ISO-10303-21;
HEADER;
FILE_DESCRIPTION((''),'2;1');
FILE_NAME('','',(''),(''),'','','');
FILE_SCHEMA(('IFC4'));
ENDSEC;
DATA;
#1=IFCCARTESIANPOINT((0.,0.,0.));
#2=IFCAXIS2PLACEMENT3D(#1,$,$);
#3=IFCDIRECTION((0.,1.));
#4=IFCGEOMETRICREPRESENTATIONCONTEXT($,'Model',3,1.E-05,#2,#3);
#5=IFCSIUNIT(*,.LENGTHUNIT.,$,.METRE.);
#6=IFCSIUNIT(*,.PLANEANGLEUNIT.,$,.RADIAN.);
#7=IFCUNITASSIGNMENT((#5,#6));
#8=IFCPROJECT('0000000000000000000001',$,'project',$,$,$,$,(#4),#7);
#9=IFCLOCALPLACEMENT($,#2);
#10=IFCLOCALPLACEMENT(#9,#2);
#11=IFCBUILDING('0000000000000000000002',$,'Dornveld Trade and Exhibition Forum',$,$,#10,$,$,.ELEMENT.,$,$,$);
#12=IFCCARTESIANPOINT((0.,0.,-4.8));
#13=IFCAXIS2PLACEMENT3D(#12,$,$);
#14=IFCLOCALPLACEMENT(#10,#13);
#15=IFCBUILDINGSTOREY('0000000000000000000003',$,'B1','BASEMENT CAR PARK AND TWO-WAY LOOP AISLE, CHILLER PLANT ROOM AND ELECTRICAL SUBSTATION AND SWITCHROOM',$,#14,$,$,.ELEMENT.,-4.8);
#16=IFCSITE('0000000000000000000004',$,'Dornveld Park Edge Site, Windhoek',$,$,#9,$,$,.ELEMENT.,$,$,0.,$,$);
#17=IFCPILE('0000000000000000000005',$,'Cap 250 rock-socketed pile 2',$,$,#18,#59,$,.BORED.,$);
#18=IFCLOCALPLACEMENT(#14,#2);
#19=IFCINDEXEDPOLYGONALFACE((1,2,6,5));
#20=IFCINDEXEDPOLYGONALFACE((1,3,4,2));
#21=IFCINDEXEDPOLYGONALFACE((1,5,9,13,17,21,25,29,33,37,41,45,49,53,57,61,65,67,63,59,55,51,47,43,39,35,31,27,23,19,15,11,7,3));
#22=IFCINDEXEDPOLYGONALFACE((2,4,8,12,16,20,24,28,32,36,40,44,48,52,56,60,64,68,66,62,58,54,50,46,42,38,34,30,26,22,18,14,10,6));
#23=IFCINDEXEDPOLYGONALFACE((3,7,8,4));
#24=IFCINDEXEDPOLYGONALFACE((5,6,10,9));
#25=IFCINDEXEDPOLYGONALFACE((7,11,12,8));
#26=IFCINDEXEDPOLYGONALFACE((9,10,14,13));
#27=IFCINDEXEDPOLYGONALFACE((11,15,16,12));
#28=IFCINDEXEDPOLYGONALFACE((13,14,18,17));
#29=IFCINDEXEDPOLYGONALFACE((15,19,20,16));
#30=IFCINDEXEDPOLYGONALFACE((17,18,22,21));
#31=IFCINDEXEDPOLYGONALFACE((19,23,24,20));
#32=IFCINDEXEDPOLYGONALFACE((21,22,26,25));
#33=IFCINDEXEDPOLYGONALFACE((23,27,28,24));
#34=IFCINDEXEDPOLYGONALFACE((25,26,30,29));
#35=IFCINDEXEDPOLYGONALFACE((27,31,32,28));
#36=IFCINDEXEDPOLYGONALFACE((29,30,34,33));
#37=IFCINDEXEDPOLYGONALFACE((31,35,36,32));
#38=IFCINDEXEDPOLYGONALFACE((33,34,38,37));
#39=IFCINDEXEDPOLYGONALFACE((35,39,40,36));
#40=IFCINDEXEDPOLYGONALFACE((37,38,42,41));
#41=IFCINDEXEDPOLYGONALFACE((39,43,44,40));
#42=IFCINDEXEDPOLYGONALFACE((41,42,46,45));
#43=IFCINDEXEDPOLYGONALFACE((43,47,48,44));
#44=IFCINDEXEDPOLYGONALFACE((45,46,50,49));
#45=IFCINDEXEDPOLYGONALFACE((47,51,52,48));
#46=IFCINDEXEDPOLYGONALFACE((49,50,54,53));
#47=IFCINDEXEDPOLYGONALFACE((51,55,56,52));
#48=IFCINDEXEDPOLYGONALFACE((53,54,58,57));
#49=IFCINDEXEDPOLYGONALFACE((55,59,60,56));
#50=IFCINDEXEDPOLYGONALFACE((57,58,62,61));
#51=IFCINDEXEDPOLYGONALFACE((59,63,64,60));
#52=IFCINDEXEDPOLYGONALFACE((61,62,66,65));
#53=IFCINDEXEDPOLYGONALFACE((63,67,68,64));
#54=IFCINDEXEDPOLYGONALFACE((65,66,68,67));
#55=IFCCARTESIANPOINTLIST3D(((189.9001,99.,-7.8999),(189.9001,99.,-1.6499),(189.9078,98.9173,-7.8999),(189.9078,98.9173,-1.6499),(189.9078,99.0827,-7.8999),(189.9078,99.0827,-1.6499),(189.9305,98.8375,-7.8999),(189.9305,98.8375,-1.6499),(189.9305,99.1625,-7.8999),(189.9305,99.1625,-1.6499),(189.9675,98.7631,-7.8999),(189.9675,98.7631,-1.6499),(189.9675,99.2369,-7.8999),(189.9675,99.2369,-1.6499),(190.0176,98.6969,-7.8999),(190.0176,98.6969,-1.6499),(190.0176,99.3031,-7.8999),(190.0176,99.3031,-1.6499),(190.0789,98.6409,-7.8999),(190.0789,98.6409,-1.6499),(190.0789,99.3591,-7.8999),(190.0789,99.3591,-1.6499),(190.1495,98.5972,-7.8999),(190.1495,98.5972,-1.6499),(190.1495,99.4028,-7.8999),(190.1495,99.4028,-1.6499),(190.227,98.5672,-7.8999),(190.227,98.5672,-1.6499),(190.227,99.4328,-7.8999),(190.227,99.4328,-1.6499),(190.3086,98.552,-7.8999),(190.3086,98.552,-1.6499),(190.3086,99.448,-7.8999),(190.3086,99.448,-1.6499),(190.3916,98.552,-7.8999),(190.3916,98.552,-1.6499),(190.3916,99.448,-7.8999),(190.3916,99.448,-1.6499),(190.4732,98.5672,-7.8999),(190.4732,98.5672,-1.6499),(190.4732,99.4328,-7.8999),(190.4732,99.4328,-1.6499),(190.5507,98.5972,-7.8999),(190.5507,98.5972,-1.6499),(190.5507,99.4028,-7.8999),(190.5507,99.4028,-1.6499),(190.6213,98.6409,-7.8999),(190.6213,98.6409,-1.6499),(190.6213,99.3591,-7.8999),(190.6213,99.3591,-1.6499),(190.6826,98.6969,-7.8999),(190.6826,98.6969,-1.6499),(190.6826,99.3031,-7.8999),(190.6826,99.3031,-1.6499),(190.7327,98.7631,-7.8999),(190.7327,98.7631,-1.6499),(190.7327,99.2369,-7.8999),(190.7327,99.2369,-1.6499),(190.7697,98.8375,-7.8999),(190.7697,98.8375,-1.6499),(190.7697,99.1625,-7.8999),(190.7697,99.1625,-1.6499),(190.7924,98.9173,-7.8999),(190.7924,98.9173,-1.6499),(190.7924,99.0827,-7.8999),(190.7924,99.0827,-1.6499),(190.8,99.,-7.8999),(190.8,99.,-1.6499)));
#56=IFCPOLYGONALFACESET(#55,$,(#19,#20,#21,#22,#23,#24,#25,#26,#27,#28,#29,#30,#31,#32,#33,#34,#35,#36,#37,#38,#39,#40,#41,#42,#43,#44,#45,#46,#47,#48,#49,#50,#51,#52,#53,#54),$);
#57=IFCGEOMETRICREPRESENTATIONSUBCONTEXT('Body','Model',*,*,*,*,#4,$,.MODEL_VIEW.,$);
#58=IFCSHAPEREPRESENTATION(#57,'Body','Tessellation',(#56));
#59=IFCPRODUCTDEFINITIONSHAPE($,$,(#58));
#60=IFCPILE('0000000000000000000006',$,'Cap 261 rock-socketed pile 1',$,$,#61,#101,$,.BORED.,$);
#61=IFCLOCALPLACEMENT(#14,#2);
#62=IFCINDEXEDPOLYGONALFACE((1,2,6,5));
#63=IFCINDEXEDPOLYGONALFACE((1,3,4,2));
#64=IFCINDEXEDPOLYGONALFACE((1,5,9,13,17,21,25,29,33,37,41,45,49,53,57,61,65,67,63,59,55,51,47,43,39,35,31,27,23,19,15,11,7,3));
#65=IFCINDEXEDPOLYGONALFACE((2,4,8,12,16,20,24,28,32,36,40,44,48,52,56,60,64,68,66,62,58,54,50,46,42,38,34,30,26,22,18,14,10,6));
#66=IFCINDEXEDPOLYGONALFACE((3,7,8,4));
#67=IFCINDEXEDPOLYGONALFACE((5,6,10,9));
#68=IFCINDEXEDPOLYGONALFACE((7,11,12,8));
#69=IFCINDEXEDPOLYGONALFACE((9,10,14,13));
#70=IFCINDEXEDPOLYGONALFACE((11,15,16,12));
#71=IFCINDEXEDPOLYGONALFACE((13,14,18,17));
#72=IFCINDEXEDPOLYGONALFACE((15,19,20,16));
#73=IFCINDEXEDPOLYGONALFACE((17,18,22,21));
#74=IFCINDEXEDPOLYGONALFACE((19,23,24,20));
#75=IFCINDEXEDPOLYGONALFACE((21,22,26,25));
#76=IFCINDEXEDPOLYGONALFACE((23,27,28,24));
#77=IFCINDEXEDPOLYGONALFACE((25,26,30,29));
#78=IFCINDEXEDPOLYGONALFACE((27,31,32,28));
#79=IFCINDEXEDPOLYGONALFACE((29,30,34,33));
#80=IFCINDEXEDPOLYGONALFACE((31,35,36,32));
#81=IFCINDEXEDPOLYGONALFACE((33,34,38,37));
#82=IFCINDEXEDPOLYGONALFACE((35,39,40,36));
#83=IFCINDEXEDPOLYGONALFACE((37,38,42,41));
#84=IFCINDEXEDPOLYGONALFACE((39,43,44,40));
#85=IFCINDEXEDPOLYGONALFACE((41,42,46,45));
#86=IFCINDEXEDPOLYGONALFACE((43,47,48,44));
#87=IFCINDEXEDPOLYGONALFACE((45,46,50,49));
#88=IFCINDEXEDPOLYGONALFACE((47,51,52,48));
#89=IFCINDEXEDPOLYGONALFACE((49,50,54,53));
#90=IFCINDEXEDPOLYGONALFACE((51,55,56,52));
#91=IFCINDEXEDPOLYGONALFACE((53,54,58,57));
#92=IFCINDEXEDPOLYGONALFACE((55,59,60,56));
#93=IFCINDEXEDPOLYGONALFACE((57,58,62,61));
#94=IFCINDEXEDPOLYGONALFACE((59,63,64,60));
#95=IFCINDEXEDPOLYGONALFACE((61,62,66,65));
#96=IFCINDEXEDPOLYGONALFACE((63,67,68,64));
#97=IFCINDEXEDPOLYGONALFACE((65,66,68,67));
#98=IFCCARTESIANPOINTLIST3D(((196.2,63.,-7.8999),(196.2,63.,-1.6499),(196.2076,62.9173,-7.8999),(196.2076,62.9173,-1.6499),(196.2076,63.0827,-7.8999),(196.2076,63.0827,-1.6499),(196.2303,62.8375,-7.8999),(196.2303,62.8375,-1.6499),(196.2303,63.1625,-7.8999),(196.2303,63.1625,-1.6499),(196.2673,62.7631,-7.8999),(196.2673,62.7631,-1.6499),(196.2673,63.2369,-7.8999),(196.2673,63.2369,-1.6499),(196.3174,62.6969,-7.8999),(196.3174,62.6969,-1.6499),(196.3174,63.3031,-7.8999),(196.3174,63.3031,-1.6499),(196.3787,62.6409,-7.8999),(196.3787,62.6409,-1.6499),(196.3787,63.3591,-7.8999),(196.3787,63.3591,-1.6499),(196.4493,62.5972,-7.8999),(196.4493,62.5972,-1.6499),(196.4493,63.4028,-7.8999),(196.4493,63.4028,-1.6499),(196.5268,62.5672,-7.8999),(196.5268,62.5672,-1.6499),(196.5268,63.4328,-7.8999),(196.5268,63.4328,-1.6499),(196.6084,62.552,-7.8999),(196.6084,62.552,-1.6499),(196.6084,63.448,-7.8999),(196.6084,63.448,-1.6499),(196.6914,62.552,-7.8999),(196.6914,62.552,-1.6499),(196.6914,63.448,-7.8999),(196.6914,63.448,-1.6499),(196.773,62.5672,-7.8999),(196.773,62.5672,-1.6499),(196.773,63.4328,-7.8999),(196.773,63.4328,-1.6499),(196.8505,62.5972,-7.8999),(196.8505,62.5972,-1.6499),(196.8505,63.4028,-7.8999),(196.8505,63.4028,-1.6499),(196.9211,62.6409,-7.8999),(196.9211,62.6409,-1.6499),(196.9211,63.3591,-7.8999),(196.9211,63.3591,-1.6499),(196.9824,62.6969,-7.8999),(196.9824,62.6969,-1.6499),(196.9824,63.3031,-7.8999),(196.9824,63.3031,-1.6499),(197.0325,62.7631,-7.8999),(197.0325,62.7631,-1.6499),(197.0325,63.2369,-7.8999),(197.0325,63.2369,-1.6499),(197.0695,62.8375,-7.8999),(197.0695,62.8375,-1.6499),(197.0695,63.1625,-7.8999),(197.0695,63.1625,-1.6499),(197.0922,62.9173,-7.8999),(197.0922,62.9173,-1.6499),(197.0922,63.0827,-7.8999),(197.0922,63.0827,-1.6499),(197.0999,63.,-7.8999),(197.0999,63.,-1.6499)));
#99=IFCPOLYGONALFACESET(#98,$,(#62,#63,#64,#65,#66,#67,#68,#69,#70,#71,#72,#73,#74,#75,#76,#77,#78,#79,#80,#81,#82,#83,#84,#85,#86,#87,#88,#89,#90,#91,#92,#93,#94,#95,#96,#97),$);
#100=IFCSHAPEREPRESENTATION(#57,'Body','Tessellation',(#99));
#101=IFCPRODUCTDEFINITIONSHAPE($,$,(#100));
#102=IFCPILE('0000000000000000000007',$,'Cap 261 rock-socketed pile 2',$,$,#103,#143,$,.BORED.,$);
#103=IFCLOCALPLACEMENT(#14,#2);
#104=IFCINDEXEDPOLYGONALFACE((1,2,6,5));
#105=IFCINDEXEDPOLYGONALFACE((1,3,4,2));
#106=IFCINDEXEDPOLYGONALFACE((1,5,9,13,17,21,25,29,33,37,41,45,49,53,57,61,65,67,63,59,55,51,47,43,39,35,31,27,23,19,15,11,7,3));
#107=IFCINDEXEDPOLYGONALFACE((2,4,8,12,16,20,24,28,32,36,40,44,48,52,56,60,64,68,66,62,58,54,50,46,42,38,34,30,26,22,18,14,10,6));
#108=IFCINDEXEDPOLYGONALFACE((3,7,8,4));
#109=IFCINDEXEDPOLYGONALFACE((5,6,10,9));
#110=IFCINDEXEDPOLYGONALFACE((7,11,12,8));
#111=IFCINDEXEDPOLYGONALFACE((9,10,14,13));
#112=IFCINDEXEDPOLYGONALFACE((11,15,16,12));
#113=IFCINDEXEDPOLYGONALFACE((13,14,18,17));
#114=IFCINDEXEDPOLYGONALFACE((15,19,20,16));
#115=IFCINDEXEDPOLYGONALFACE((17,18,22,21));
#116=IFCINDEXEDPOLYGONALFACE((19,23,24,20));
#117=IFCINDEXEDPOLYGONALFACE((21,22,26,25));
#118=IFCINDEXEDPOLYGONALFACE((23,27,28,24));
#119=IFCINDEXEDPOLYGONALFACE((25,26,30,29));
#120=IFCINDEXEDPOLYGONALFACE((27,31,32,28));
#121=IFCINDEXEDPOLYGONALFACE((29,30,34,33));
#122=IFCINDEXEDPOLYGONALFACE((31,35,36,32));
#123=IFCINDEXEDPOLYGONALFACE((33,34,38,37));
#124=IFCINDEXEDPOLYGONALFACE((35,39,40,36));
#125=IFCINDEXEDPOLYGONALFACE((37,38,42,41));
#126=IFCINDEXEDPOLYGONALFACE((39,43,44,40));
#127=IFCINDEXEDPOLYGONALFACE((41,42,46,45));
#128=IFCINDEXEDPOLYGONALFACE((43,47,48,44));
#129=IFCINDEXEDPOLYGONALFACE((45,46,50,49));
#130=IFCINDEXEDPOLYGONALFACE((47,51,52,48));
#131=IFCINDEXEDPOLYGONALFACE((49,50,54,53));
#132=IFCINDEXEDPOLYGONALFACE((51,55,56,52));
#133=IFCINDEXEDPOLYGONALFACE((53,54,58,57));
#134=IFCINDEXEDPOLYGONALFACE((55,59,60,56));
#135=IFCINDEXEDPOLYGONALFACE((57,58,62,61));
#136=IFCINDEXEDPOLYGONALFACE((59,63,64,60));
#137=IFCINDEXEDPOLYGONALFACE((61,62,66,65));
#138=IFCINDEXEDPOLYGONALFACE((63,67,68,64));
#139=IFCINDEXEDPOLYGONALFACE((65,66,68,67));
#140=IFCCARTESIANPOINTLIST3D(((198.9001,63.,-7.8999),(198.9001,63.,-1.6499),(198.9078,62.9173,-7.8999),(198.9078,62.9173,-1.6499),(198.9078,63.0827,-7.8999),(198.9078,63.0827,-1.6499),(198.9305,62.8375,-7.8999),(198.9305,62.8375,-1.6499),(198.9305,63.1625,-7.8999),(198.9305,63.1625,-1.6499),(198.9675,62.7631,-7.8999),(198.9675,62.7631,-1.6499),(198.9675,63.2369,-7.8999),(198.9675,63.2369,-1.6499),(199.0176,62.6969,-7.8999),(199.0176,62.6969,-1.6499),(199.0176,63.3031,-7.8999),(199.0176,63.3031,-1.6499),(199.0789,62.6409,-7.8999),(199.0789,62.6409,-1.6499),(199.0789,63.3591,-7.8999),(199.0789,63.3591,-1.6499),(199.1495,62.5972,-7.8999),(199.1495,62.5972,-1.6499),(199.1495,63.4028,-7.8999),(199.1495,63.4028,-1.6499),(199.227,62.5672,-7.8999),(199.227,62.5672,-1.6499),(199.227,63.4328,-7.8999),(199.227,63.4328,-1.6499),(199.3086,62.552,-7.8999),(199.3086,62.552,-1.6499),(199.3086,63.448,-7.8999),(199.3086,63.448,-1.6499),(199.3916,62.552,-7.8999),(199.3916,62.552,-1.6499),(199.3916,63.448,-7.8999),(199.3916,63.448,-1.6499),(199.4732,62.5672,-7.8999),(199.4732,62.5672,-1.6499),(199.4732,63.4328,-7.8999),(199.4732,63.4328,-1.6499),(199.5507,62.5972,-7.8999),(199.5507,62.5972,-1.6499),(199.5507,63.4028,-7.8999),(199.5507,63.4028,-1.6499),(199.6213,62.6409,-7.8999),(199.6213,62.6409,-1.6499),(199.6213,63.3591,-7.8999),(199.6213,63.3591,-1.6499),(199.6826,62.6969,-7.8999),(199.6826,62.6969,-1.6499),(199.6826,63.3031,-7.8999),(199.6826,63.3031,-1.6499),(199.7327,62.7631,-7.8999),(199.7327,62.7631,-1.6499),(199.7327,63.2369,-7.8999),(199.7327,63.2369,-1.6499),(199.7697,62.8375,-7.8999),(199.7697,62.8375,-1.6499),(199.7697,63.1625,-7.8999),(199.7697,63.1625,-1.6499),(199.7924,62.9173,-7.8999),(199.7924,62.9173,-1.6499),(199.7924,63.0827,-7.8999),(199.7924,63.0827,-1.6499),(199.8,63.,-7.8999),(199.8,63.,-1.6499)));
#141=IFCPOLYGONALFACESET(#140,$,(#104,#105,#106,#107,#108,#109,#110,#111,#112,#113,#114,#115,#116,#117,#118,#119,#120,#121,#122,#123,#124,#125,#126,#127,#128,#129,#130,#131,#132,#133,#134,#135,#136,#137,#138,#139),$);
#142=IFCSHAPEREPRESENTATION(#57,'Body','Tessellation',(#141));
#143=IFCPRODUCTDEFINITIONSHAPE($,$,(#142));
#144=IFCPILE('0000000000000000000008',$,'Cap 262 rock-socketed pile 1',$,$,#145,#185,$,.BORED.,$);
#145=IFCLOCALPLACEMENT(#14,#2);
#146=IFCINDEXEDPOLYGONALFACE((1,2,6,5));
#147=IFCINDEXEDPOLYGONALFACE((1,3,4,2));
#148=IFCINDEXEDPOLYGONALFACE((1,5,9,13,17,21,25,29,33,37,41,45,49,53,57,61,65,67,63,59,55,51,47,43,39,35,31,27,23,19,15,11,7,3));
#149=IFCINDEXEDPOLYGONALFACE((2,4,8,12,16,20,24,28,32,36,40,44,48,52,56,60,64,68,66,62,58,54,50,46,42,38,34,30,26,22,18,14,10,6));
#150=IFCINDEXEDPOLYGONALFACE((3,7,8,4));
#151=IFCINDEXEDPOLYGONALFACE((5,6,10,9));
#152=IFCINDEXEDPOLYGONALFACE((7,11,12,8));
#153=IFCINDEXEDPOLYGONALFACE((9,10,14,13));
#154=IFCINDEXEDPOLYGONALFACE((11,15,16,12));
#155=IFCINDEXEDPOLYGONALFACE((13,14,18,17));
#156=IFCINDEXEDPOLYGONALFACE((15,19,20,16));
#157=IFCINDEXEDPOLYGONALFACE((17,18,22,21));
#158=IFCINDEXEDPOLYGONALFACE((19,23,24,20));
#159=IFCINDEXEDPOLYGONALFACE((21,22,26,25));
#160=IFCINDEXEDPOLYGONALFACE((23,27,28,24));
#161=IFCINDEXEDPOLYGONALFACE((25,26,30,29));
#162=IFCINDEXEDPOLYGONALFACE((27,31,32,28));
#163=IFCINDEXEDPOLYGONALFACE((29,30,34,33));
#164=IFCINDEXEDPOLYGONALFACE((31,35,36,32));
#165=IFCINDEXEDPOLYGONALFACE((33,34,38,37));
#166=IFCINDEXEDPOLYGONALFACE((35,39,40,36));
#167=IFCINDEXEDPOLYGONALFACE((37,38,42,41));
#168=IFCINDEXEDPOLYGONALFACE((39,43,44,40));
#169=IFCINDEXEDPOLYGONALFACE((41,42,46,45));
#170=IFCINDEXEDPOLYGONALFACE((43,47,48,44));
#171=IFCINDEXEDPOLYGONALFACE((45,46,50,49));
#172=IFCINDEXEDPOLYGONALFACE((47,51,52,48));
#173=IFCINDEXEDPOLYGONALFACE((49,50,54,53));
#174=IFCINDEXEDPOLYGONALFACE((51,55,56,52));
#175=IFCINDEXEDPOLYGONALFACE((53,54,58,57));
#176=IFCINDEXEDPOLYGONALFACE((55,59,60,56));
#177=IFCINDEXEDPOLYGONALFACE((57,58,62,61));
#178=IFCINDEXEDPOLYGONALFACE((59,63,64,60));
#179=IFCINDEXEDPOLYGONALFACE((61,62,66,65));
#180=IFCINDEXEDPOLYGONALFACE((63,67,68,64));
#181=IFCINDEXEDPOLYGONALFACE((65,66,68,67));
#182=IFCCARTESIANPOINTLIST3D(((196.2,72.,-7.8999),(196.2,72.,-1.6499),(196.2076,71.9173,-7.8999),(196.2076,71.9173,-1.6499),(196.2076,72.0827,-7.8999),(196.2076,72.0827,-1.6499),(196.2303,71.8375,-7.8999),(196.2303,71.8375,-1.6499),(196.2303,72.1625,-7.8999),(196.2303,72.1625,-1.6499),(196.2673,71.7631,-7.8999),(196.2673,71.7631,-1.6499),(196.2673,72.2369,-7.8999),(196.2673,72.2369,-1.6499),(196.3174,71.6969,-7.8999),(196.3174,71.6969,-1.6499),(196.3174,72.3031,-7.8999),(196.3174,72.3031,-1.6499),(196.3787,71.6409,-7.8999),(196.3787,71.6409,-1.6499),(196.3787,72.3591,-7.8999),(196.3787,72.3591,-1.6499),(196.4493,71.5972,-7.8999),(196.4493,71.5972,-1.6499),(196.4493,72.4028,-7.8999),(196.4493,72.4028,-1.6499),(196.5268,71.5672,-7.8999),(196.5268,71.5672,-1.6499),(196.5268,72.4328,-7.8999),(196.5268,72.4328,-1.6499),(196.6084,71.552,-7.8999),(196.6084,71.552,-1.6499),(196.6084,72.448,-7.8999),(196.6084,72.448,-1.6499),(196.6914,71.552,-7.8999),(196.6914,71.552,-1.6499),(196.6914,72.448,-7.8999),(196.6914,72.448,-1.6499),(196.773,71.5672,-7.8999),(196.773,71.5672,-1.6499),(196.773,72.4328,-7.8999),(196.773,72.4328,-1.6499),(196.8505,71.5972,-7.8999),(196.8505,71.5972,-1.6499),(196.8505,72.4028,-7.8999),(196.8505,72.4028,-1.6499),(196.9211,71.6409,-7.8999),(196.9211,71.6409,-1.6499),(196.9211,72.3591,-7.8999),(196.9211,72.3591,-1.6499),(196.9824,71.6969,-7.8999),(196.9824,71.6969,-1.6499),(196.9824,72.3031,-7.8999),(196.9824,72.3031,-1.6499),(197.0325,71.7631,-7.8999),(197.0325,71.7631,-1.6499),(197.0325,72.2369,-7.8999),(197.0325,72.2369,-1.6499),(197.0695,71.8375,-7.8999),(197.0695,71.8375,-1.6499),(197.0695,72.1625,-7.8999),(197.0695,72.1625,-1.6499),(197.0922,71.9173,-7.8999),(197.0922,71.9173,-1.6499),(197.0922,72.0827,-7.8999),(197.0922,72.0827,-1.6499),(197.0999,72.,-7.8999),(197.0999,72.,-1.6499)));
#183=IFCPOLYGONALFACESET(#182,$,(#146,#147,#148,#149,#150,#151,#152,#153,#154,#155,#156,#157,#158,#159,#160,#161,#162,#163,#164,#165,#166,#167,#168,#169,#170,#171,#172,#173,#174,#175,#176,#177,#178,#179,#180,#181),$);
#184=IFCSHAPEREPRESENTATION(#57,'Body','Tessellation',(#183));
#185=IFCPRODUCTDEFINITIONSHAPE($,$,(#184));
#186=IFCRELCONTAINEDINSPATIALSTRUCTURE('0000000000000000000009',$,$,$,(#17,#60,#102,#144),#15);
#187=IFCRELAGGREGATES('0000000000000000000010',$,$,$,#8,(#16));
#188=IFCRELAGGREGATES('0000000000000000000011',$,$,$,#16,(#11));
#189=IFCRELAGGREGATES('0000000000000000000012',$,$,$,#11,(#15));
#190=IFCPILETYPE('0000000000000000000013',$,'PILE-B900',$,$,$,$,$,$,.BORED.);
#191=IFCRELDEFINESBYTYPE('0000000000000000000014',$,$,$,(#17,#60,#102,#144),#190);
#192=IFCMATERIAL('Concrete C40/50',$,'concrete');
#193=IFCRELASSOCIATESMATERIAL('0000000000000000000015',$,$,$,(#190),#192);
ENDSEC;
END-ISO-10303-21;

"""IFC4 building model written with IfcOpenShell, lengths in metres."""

from ifc_helpers import new_model, si_unit, direction, frame, origin, origin_2d, place, context, subcontext, project, spatial, circle, extrude, material, material_profile, profile_set, type_object, element, save


model = new_model("IFC4")

# Units and contexts
model_context = context("Model", 3, precision=1e-05, world=origin(), true_north=direction((0.0, 1.0)))
body_context = subcontext(model_context, "Body", "Model", "MODEL_VIEW")
ifc_project = project(units=[si_unit("LENGTHUNIT", "METRE"), si_unit("PLANEANGLEUNIT", "RADIAN")], contexts=[model_context])

# Site, building, storey
site_placement = place(None, origin())
site = spatial("IfcSite", under=ifc_project, at=site_placement, Name="Dornveld Park Edge Site, Windhoek", CompositionType="ELEMENT", RefElevation=0.0)
building_placement = place(site_placement, origin())
building = spatial("IfcBuilding", under=site, at=building_placement, Name="Dornveld Trade and Exhibition Forum", CompositionType="ELEMENT")
storey_placement = place(building_placement, frame((0.0, 0.0, -4.8)))
storey = spatial("IfcBuildingStorey", under=building, at=storey_placement, Name="B1", Description="BASEMENT CAR PARK AND TWO-WAY LOOP AISLE, CHILLER PLANT ROOM AND ELECTRICAL SUBSTATION AND SWITCHROOM", CompositionType="ELEMENT", Elevation=-4.8)

# Piles
ifc_material_1 = material(Name="Concrete C40/50", Category="concrete")
ifc_material_profile_1 = material_profile(ifc_material_1, circle(Radius=0.45, at=origin_2d()), Name="PILE D900")
ifc_profile_set_1 = profile_set([ifc_material_profile_1], Name="Concrete C40/50")
pile_type = type_object("IfcPileType", Name="PILE-B900", PredefinedType="BORED", material=ifc_profile_set_1)
for number, where, z_axis, x_axis, name in (
    (1, (190.3501, 99.0, -1.6499), (0.0, 0.0, -1.0), (1.0, 0.0, 0.0), "Cap 250 rock-socketed pile 2"),
    (2, (196.6499, 63.0, -1.6499), (0.0, 0.0, -1.0), (1.0, 0.0, 0.0), "Cap 261 rock-socketed pile 1"),
    (3, (199.3501, 63.0, -1.6499), (0.0, 0.0, -1.0), (1.0, 0.0, 0.0), "Cap 261 rock-socketed pile 2"),
    (4, (196.6499, 72.0, -1.6499), (0.0, 0.0, -1.0), (1.0, 0.0, 0.0), "Cap 262 rock-socketed pile 1"),
):
    element("IfcPile", number, at=place(storey_placement, frame(where, z_axis=z_axis, x_axis=x_axis)), inside=storey, type_object=pile_type, Name=name, PredefinedType="BORED", context=body_context, shape_type="SweptSolid", body=[
        extrude(circle(Radius=0.45, at=origin_2d()), origin(), (0.0, 0.0, 1.0), 6.25),
    ])

save(model, "model.ifc")
